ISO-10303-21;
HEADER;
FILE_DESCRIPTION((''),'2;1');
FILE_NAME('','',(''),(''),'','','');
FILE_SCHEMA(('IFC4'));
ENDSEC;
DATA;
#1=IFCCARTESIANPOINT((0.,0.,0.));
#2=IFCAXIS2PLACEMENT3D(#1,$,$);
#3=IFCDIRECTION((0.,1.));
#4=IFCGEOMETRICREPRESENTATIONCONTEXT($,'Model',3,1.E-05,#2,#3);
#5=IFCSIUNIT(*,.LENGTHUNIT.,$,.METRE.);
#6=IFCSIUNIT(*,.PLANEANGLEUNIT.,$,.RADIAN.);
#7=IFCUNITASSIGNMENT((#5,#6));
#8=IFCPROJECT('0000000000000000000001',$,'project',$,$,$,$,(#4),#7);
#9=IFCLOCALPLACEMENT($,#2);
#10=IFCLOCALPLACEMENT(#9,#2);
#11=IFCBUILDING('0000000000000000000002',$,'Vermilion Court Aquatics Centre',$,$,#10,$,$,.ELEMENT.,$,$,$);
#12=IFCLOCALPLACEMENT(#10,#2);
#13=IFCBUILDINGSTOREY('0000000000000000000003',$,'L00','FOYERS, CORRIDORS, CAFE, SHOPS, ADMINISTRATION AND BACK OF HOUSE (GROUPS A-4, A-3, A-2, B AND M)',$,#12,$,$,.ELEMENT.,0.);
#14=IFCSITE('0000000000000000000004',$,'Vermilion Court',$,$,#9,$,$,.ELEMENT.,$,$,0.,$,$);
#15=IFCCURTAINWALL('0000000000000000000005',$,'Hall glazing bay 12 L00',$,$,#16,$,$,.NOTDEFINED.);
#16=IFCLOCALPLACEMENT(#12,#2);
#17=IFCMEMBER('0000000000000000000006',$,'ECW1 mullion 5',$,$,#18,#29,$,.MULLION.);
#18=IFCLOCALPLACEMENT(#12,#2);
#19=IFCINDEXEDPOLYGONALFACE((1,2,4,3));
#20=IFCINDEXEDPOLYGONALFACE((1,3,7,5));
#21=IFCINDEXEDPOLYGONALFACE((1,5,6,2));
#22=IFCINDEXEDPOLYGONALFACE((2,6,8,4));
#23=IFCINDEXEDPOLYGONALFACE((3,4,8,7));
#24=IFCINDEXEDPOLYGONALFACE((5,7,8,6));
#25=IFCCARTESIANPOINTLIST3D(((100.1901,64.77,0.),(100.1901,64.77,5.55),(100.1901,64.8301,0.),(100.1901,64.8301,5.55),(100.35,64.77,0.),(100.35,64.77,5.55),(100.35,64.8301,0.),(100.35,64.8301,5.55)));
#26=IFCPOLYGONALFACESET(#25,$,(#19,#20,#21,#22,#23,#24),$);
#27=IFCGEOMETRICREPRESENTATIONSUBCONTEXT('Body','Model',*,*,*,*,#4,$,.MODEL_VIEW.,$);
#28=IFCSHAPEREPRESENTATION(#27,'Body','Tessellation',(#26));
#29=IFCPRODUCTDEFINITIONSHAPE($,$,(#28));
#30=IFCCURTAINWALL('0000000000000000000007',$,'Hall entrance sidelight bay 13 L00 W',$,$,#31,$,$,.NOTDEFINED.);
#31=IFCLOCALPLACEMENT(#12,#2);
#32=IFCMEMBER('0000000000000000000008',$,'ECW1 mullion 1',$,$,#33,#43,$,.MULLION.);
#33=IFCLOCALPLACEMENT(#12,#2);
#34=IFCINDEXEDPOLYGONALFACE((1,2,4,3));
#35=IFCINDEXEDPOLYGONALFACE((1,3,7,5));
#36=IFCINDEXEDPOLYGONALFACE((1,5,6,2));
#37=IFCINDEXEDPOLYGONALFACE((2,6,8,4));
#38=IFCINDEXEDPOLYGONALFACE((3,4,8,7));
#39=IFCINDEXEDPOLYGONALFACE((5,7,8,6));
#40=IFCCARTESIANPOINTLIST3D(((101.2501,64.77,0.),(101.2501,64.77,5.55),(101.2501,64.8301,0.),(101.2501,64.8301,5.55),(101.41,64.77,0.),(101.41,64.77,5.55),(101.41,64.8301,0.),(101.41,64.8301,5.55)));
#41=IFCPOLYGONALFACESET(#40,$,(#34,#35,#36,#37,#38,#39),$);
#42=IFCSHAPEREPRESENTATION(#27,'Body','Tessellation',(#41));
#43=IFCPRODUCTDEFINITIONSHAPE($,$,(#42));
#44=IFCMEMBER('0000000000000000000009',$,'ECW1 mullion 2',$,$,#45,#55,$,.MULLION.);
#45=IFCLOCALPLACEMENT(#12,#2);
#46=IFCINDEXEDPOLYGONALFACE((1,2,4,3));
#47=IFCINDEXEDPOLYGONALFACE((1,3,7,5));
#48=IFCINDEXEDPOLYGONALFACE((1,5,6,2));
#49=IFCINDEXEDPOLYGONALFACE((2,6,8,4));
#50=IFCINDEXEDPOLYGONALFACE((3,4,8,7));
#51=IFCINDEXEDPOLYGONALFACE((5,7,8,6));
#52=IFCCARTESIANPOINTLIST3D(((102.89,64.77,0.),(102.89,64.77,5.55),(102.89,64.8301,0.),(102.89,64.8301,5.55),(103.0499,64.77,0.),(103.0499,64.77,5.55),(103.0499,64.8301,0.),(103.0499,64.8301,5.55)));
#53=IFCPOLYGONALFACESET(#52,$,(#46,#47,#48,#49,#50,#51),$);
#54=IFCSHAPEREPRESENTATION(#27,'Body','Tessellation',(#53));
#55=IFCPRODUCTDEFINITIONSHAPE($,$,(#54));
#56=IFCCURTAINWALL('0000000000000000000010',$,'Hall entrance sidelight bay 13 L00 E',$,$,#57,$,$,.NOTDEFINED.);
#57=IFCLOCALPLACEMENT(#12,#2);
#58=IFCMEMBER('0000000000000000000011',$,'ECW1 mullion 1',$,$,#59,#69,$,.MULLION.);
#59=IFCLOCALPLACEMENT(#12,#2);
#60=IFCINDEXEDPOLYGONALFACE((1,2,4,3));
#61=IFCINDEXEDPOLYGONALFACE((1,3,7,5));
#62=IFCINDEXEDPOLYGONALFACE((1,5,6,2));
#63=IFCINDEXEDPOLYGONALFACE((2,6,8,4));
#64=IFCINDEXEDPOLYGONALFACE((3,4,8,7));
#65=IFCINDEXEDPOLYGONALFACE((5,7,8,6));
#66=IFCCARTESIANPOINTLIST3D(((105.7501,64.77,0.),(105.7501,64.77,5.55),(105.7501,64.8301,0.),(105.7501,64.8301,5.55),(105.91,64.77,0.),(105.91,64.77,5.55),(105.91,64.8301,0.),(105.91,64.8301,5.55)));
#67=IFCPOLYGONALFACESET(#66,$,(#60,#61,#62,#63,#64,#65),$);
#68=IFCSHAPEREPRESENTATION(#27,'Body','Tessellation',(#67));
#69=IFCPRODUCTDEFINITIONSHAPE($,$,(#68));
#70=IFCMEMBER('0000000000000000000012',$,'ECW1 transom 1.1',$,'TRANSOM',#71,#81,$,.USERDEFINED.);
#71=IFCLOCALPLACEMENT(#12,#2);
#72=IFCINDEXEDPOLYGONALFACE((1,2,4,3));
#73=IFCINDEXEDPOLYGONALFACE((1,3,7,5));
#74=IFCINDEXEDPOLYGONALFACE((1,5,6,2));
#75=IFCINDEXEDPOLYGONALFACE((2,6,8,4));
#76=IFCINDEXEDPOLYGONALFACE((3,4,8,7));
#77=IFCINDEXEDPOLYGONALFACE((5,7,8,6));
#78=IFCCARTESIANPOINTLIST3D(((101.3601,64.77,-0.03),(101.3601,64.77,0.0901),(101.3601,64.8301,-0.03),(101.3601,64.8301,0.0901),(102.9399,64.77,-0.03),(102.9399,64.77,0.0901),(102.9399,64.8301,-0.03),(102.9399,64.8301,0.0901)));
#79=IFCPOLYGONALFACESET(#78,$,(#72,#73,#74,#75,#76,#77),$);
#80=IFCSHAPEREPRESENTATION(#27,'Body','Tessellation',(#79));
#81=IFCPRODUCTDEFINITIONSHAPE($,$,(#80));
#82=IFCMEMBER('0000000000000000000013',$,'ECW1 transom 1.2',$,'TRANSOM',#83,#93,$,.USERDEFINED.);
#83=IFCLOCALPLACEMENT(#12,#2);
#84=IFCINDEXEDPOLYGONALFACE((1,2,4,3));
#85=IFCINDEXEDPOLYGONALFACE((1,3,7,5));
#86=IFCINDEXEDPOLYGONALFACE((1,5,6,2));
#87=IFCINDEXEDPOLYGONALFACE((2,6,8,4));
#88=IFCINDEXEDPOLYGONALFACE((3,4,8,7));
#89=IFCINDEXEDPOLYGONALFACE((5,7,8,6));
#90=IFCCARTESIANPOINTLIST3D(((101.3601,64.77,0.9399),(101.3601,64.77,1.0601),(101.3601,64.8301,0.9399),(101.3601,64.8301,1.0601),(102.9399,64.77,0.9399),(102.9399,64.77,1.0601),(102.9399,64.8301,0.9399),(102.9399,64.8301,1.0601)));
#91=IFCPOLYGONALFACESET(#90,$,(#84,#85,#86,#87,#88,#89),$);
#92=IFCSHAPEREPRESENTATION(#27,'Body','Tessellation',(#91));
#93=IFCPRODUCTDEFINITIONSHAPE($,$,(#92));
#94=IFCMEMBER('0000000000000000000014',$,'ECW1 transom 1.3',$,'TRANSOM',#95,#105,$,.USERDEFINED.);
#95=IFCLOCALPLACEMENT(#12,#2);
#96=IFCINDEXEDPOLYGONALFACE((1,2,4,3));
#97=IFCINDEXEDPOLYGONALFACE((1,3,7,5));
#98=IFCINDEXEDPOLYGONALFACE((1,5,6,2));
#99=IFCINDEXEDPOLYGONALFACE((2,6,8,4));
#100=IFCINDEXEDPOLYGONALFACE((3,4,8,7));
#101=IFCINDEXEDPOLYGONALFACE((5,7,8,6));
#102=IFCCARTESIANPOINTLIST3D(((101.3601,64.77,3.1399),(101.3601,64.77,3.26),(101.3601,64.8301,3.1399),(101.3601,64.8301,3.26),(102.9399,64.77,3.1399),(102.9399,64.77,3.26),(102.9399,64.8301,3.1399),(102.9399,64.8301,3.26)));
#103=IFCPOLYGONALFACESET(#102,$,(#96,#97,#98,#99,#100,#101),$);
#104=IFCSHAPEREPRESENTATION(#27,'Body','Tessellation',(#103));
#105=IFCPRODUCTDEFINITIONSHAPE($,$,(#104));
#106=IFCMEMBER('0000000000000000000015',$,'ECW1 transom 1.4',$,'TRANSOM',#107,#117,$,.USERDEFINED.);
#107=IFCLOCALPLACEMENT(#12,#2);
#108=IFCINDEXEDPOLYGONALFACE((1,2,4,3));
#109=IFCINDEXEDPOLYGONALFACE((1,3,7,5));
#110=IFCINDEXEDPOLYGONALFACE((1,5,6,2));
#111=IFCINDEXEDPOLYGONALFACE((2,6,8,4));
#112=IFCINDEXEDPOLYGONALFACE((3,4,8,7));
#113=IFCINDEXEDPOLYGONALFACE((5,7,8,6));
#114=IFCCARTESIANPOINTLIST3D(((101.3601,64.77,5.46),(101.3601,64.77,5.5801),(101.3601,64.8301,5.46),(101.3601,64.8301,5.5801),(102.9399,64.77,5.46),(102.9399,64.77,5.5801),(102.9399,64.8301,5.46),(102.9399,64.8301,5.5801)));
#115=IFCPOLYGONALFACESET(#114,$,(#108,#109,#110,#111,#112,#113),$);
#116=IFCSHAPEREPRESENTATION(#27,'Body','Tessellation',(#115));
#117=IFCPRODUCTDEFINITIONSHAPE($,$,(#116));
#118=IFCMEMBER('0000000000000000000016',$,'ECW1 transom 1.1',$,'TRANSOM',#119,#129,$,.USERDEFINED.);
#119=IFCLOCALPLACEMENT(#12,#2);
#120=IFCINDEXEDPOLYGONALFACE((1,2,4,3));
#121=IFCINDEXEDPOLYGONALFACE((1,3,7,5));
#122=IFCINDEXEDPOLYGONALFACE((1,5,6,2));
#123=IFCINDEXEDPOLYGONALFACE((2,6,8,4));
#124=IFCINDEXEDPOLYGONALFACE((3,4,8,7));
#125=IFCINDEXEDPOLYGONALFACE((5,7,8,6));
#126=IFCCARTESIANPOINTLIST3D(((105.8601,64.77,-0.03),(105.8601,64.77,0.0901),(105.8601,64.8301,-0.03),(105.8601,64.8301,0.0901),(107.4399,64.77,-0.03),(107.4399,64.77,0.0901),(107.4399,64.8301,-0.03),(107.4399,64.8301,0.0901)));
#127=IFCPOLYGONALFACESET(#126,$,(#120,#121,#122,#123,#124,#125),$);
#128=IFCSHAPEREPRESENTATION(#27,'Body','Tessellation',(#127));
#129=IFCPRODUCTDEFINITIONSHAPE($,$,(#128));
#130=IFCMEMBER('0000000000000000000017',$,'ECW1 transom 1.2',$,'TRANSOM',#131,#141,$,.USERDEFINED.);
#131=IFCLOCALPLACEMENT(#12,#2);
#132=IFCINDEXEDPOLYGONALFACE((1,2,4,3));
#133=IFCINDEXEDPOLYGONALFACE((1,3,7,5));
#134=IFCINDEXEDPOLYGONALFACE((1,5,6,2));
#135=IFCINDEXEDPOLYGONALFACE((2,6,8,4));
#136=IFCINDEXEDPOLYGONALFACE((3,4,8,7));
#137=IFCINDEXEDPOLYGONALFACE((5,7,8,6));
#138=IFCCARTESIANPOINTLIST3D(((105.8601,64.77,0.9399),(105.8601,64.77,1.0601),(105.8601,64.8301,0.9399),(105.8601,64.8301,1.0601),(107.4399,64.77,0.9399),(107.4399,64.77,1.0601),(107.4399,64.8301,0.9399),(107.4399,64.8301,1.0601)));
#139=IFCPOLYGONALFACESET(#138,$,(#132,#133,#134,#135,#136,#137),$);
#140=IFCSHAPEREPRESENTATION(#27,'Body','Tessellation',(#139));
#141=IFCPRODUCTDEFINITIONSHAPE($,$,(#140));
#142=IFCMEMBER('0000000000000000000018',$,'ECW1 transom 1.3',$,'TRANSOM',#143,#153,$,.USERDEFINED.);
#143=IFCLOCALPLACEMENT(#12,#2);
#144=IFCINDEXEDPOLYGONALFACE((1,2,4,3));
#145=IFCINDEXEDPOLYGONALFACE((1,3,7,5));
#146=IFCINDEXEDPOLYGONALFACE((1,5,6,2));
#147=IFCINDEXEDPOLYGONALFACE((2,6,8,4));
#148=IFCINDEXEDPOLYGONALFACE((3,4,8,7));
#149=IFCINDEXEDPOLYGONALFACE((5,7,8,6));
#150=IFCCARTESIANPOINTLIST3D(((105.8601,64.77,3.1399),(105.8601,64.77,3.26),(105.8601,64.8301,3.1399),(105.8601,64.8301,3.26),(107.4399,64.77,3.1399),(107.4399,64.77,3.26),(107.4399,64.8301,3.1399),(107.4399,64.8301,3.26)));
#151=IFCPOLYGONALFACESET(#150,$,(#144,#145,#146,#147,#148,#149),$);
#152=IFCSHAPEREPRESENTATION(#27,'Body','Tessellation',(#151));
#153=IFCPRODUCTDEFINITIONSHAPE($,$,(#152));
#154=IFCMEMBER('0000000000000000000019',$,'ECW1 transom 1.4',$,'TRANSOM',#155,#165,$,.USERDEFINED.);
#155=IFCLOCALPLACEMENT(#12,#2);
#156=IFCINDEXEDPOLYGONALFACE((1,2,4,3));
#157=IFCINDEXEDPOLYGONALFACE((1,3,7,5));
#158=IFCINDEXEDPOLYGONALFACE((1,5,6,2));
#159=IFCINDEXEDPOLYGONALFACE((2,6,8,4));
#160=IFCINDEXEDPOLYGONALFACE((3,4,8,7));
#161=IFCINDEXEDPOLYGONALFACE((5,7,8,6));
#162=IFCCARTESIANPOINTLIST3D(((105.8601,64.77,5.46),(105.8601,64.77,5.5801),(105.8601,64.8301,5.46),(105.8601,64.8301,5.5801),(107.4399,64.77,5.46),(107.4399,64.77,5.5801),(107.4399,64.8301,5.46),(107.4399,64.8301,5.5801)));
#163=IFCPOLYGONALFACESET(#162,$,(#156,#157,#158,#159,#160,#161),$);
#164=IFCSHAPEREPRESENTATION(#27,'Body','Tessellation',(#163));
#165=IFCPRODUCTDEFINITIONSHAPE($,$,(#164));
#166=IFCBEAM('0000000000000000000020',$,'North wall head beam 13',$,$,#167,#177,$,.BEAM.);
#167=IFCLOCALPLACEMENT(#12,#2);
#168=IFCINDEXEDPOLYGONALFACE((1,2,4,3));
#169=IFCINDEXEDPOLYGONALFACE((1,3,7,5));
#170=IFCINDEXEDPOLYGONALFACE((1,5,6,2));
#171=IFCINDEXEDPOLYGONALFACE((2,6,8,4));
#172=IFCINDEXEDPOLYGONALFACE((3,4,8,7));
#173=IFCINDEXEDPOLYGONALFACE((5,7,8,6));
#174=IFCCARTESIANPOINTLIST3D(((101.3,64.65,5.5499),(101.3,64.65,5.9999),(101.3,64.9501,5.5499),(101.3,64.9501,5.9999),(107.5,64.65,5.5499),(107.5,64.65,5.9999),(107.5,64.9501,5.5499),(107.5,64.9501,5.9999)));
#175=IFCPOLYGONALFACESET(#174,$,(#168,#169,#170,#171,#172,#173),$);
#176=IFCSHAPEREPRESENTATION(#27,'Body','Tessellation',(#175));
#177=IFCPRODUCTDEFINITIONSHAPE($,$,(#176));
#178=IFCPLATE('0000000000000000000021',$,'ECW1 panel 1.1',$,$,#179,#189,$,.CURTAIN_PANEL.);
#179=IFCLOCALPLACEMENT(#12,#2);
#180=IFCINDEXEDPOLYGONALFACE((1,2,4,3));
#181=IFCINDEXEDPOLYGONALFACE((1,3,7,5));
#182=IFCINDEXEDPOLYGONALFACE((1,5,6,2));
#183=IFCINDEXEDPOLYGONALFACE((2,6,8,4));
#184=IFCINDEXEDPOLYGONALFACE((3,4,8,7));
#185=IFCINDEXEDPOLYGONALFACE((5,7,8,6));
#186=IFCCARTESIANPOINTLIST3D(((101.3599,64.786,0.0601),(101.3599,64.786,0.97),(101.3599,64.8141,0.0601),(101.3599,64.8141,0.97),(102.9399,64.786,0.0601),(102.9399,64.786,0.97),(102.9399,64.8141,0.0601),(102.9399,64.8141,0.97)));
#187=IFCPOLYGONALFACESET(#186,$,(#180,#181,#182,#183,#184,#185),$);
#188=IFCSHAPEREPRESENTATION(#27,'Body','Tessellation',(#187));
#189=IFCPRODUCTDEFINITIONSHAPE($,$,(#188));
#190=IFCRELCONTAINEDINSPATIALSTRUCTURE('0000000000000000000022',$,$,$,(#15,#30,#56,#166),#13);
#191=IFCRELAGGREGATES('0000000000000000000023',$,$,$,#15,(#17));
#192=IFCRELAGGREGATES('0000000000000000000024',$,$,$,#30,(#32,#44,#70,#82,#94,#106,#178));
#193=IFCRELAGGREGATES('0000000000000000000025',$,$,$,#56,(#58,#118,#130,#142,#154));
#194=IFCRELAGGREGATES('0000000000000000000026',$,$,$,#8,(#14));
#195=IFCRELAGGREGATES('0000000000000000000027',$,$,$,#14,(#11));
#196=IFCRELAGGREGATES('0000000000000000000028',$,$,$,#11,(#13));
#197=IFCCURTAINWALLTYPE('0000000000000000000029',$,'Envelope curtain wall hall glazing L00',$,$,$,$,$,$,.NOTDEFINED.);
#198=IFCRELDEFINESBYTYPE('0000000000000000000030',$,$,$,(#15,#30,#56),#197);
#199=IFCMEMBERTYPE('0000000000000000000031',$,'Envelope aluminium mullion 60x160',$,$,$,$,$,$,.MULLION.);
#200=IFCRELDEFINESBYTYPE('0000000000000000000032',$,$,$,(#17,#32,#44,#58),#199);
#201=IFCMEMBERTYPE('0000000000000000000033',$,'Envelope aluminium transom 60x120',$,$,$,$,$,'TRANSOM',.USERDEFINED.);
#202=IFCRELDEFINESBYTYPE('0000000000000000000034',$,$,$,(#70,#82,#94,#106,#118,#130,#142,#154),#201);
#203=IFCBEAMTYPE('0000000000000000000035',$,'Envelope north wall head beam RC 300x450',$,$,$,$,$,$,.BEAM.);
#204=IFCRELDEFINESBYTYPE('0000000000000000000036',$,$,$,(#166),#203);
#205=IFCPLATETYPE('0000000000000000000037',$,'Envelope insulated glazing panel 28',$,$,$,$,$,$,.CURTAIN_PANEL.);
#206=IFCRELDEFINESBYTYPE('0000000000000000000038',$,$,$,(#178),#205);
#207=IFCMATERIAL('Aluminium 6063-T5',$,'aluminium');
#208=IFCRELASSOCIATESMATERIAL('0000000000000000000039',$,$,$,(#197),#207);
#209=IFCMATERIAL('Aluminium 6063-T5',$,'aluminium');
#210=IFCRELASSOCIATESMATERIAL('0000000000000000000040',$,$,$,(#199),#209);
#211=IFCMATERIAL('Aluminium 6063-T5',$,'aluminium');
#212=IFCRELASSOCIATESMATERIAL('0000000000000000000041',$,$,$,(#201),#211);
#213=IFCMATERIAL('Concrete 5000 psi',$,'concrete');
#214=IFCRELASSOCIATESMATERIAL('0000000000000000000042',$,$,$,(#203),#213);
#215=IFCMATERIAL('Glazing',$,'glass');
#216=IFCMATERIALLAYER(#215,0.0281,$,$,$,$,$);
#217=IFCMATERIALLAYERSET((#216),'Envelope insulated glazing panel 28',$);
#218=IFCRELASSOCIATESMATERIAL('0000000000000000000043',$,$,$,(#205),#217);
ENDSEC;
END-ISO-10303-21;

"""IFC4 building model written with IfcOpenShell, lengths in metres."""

from ifc_helpers import new_model, si_unit, direction, frame, origin, origin_2d, place, context, subcontext, project, spatial, rectangle, extrude, material, layer, layer_set, material_profile, profile_set, type_object, element, aggregate, save


model = new_model("IFC4")

# Units and contexts
model_context = context("Model", 3, precision=1e-05, world=origin(), true_north=direction((0.0, 1.0)))
body_context = subcontext(model_context, "Body", "Model", "MODEL_VIEW")
ifc_project = project(units=[si_unit("LENGTHUNIT", "METRE"), si_unit("PLANEANGLEUNIT", "RADIAN")], contexts=[model_context])

# Site, building, storey
site_placement = place(None, origin())
site = spatial("IfcSite", under=ifc_project, at=site_placement, Name="Vermilion Court", CompositionType="ELEMENT", RefElevation=0.0)
building_placement = place(site_placement, origin())
building = spatial("IfcBuilding", under=site, at=building_placement, Name="Vermilion Court Aquatics Centre", CompositionType="ELEMENT")
storey_placement = place(building_placement, origin())
storey = spatial("IfcBuildingStorey", under=building, at=storey_placement, Name="L00", Description="FOYERS, CORRIDORS, CAFE, SHOPS, ADMINISTRATION AND BACK OF HOUSE (GROUPS A-4, A-3, A-2, B AND M)", CompositionType="ELEMENT", Elevation=0.0)

# Curtain wall, member
ifc_material_1 = material(Name="Aluminium 6063-T5", Category="aluminium")
curtain_wall_type = type_object("IfcCurtainWallType", Name="Envelope curtain wall hall glazing L00", PredefinedType="NOTDEFINED", material=ifc_material_1)
curtain_wall_1_placement = place(storey_placement, origin())
curtain_wall_1 = element("IfcCurtainWall", 1, at=curtain_wall_1_placement, inside=storey, type_object=curtain_wall_type, Name="Hall glazing bay 12 L00", PredefinedType="NOTDEFINED")
ifc_material_2 = material(Name="Aluminium 6063-T5", Category="aluminium")
ifc_material_profile_1 = material_profile(ifc_material_2, rectangle(XDim=0.0601, YDim=0.1599, at=origin_2d()), Name="AL 60x160")
ifc_profile_set_1 = profile_set([ifc_material_profile_1], Name="Aluminium 6063-T5")
member_type_1 = type_object("IfcMemberType", Name="Envelope aluminium mullion 60x160", PredefinedType="MULLION", material=ifc_profile_set_1)
member_1_placement = place(storey_placement, frame((100.27, 64.8, 0.0), z_axis=(0.0, 0.0, 1.0), x_axis=(0.0, 1.0, 0.0)))
member_1 = element("IfcMember", 2, at=member_1_placement, type_object=member_type_1, Name="ECW1 mullion 5", PredefinedType="MULLION", context=body_context, shape_type="SweptSolid", body=[
    extrude(rectangle(XDim=0.0601, YDim=0.1599, at=origin_2d()), origin(), (0.0, 0.0, 1.0), 5.55),
])
aggregate(curtain_wall_1, [member_1])

# Curtain wall, members
curtain_wall_2_placement = place(storey_placement, origin())
curtain_wall_2 = element("IfcCurtainWall", 3, at=curtain_wall_2_placement, inside=storey, type_object=curtain_wall_type, Name="Hall entrance sidelight bay 13 L00 W", PredefinedType="NOTDEFINED")
member_2_placement = place(storey_placement, frame((101.3301, 64.8, 0.0), z_axis=(0.0, 0.0, 1.0), x_axis=(0.0, 1.0, 0.0)))
member_2 = element("IfcMember", 4, at=member_2_placement, type_object=member_type_1, Name="ECW1 mullion 1", PredefinedType="MULLION", context=body_context, shape_type="SweptSolid", body=[
    extrude(rectangle(XDim=0.0601, YDim=0.1599, at=origin_2d()), origin(), (0.0, 0.0, 1.0), 5.55),
])
member_3_placement = place(storey_placement, frame((102.97, 64.8, 0.0), z_axis=(0.0, 0.0, 1.0), x_axis=(0.0, 1.0, 0.0)))
member_3 = element("IfcMember", 5, at=member_3_placement, type_object=member_type_1, Name="ECW1 mullion 2", PredefinedType="MULLION", context=body_context, shape_type="SweptSolid", body=[
    extrude(rectangle(XDim=0.0601, YDim=0.1599, at=origin_2d()), origin(), (0.0, 0.0, 1.0), 5.55),
])

# Curtain wall, member
curtain_wall_3_placement = place(storey_placement, origin())
curtain_wall_3 = element("IfcCurtainWall", 6, at=curtain_wall_3_placement, inside=storey, type_object=curtain_wall_type, Name="Hall entrance sidelight bay 13 L00 E", PredefinedType="NOTDEFINED")
member_4_placement = place(storey_placement, frame((105.8301, 64.8, 0.0), z_axis=(0.0, 0.0, 1.0), x_axis=(0.0, 1.0, 0.0)))
member_4 = element("IfcMember", 7, at=member_4_placement, type_object=member_type_1, Name="ECW1 mullion 1", PredefinedType="MULLION", context=body_context, shape_type="SweptSolid", body=[
    extrude(rectangle(XDim=0.0601, YDim=0.1599, at=origin_2d()), origin(), (0.0, 0.0, 1.0), 5.55),
])

# Members
ifc_material_3 = material(Name="Aluminium 6063-T5", Category="aluminium")
ifc_material_profile_2 = material_profile(ifc_material_3, rectangle(XDim=0.0601, YDim=0.1201, at=origin_2d()), Name="AL 60x120")
ifc_profile_set_2 = profile_set([ifc_material_profile_2], Name="Aluminium 6063-T5")
member_type_2 = type_object("IfcMemberType", Name="Envelope aluminium transom 60x120", ElementType="TRANSOM", PredefinedType="USERDEFINED", material=ifc_profile_set_2)
member_5_placement = place(storey_placement, frame((101.3601, 64.8, 0.03), z_axis=(1.0, 0.0, 0.0), x_axis=(0.0, 1.0, 0.0)))
member_5 = element("IfcMember", 8, at=member_5_placement, type_object=member_type_2, Name="ECW1 transom 1.1", ObjectType="TRANSOM", PredefinedType="USERDEFINED", context=body_context, shape_type="SweptSolid", body=[
    extrude(rectangle(XDim=0.0601, YDim=0.1201, at=origin_2d()), origin(), (0.0, 0.0, 1.0), 1.5798),
])
member_6_placement = place(storey_placement, frame((101.3601, 64.8, 1.0), z_axis=(1.0, 0.0, 0.0), x_axis=(0.0, 1.0, 0.0)))
member_6 = element("IfcMember", 9, at=member_6_placement, type_object=member_type_2, Name="ECW1 transom 1.2", ObjectType="TRANSOM", PredefinedType="USERDEFINED", context=body_context, shape_type="SweptSolid", body=[
    extrude(rectangle(XDim=0.0601, YDim=0.1201, at=origin_2d()), origin(), (0.0, 0.0, 1.0), 1.5798),
])
member_7_placement = place(storey_placement, frame((101.3601, 64.8, 3.2), z_axis=(1.0, 0.0, 0.0), x_axis=(0.0, 1.0, 0.0)))
member_7 = element("IfcMember", 10, at=member_7_placement, type_object=member_type_2, Name="ECW1 transom 1.3", ObjectType="TRANSOM", PredefinedType="USERDEFINED", context=body_context, shape_type="SweptSolid", body=[
    extrude(rectangle(XDim=0.0601, YDim=0.1201, at=origin_2d()), origin(), (0.0, 0.0, 1.0), 1.5798),
])
member_8_placement = place(storey_placement, frame((101.3601, 64.8, 5.52), z_axis=(1.0, 0.0, 0.0), x_axis=(0.0, 1.0, 0.0)))
member_8 = element("IfcMember", 11, at=member_8_placement, type_object=member_type_2, Name="ECW1 transom 1.4", ObjectType="TRANSOM", PredefinedType="USERDEFINED", context=body_context, shape_type="SweptSolid", body=[
    extrude(rectangle(XDim=0.0601, YDim=0.1201, at=origin_2d()), origin(), (0.0, 0.0, 1.0), 1.5798),
])
member_9_placement = place(storey_placement, frame((105.8601, 64.8, 0.03), z_axis=(1.0, 0.0, 0.0), x_axis=(0.0, 1.0, 0.0)))
member_9 = element("IfcMember", 12, at=member_9_placement, type_object=member_type_2, Name="ECW1 transom 1.1", ObjectType="TRANSOM", PredefinedType="USERDEFINED", context=body_context, shape_type="SweptSolid", body=[
    extrude(rectangle(XDim=0.0601, YDim=0.1201, at=origin_2d()), origin(), (0.0, 0.0, 1.0), 1.5798),
])
member_10_placement = place(storey_placement, frame((105.8601, 64.8, 1.0), z_axis=(1.0, 0.0, 0.0), x_axis=(0.0, 1.0, 0.0)))
member_10 = element("IfcMember", 13, at=member_10_placement, type_object=member_type_2, Name="ECW1 transom 1.2", ObjectType="TRANSOM", PredefinedType="USERDEFINED", context=body_context, shape_type="SweptSolid", body=[
    extrude(rectangle(XDim=0.0601, YDim=0.1201, at=origin_2d()), origin(), (0.0, 0.0, 1.0), 1.5798),
])
member_11_placement = place(storey_placement, frame((105.8601, 64.8, 3.2), z_axis=(1.0, 0.0, 0.0), x_axis=(0.0, 1.0, 0.0)))
member_11 = element("IfcMember", 14, at=member_11_placement, type_object=member_type_2, Name="ECW1 transom 1.3", ObjectType="TRANSOM", PredefinedType="USERDEFINED", context=body_context, shape_type="SweptSolid", body=[
    extrude(rectangle(XDim=0.0601, YDim=0.1201, at=origin_2d()), origin(), (0.0, 0.0, 1.0), 1.5798),
])
member_12_placement = place(storey_placement, frame((105.8601, 64.8, 5.52), z_axis=(1.0, 0.0, 0.0), x_axis=(0.0, 1.0, 0.0)))
member_12 = element("IfcMember", 15, at=member_12_placement, type_object=member_type_2, Name="ECW1 transom 1.4", ObjectType="TRANSOM", PredefinedType="USERDEFINED", context=body_context, shape_type="SweptSolid", body=[
    extrude(rectangle(XDim=0.0601, YDim=0.1201, at=origin_2d()), origin(), (0.0, 0.0, 1.0), 1.5798),
])

# Beam
ifc_material_4 = material(Name="Concrete 5000 psi", Category="concrete")
ifc_material_profile_3 = material_profile(ifc_material_4, rectangle(XDim=0.3, YDim=0.45, at=origin_2d()), Name="RC 300x450")
ifc_profile_set_3 = profile_set([ifc_material_profile_3], Name="Concrete 5000 psi")
beam_type = type_object("IfcBeamType", Name="Envelope north wall head beam RC 300x450", PredefinedType="BEAM", material=ifc_profile_set_3)
beam_placement = place(storey_placement, frame((101.3, 64.8, 5.7749), z_axis=(1.0, 0.0, 0.0), x_axis=(0.0, 1.0, 0.0)))
element("IfcBeam", 16, at=beam_placement, inside=storey, type_object=beam_type, Name="North wall head beam 13", PredefinedType="BEAM", context=body_context, shape_type="SweptSolid", body=[
    extrude(rectangle(XDim=0.3, YDim=0.45, at=origin_2d()), origin(), (0.0, 0.0, 1.0), 6.2),
])

# Plate
ifc_material_5 = material(Name="Glazing", Category="glass")
ifc_layer_1 = layer(ifc_material_5, 0.0281)
ifc_layer_set_1 = layer_set([ifc_layer_1], Name="Envelope insulated glazing panel 28")
plate_type = type_object("IfcPlateType", Name="Envelope insulated glazing panel 28", PredefinedType="CURTAIN_PANEL", material=ifc_layer_set_1)
plate_1_placement = place(storey_placement, frame((102.1499, 64.8, 0.0601), z_axis=(0.0, 0.0, 1.0), x_axis=(1.0, 0.0, 0.0)))
plate_1 = element("IfcPlate", 17, at=plate_1_placement, type_object=plate_type, Name="ECW1 panel 1.1", PredefinedType="CURTAIN_PANEL", context=body_context, shape_type="SweptSolid", body=[
    extrude(rectangle(XDim=1.5801, YDim=0.0281, at=origin_2d()), origin(), (0.0, 0.0, 1.0), 0.9099),
])
aggregate(curtain_wall_2, [member_2, member_3, member_5, member_6, member_7, member_8, plate_1])
aggregate(curtain_wall_3, [member_4, member_9, member_10, member_11, member_12])

save(model, "model.ifc")
